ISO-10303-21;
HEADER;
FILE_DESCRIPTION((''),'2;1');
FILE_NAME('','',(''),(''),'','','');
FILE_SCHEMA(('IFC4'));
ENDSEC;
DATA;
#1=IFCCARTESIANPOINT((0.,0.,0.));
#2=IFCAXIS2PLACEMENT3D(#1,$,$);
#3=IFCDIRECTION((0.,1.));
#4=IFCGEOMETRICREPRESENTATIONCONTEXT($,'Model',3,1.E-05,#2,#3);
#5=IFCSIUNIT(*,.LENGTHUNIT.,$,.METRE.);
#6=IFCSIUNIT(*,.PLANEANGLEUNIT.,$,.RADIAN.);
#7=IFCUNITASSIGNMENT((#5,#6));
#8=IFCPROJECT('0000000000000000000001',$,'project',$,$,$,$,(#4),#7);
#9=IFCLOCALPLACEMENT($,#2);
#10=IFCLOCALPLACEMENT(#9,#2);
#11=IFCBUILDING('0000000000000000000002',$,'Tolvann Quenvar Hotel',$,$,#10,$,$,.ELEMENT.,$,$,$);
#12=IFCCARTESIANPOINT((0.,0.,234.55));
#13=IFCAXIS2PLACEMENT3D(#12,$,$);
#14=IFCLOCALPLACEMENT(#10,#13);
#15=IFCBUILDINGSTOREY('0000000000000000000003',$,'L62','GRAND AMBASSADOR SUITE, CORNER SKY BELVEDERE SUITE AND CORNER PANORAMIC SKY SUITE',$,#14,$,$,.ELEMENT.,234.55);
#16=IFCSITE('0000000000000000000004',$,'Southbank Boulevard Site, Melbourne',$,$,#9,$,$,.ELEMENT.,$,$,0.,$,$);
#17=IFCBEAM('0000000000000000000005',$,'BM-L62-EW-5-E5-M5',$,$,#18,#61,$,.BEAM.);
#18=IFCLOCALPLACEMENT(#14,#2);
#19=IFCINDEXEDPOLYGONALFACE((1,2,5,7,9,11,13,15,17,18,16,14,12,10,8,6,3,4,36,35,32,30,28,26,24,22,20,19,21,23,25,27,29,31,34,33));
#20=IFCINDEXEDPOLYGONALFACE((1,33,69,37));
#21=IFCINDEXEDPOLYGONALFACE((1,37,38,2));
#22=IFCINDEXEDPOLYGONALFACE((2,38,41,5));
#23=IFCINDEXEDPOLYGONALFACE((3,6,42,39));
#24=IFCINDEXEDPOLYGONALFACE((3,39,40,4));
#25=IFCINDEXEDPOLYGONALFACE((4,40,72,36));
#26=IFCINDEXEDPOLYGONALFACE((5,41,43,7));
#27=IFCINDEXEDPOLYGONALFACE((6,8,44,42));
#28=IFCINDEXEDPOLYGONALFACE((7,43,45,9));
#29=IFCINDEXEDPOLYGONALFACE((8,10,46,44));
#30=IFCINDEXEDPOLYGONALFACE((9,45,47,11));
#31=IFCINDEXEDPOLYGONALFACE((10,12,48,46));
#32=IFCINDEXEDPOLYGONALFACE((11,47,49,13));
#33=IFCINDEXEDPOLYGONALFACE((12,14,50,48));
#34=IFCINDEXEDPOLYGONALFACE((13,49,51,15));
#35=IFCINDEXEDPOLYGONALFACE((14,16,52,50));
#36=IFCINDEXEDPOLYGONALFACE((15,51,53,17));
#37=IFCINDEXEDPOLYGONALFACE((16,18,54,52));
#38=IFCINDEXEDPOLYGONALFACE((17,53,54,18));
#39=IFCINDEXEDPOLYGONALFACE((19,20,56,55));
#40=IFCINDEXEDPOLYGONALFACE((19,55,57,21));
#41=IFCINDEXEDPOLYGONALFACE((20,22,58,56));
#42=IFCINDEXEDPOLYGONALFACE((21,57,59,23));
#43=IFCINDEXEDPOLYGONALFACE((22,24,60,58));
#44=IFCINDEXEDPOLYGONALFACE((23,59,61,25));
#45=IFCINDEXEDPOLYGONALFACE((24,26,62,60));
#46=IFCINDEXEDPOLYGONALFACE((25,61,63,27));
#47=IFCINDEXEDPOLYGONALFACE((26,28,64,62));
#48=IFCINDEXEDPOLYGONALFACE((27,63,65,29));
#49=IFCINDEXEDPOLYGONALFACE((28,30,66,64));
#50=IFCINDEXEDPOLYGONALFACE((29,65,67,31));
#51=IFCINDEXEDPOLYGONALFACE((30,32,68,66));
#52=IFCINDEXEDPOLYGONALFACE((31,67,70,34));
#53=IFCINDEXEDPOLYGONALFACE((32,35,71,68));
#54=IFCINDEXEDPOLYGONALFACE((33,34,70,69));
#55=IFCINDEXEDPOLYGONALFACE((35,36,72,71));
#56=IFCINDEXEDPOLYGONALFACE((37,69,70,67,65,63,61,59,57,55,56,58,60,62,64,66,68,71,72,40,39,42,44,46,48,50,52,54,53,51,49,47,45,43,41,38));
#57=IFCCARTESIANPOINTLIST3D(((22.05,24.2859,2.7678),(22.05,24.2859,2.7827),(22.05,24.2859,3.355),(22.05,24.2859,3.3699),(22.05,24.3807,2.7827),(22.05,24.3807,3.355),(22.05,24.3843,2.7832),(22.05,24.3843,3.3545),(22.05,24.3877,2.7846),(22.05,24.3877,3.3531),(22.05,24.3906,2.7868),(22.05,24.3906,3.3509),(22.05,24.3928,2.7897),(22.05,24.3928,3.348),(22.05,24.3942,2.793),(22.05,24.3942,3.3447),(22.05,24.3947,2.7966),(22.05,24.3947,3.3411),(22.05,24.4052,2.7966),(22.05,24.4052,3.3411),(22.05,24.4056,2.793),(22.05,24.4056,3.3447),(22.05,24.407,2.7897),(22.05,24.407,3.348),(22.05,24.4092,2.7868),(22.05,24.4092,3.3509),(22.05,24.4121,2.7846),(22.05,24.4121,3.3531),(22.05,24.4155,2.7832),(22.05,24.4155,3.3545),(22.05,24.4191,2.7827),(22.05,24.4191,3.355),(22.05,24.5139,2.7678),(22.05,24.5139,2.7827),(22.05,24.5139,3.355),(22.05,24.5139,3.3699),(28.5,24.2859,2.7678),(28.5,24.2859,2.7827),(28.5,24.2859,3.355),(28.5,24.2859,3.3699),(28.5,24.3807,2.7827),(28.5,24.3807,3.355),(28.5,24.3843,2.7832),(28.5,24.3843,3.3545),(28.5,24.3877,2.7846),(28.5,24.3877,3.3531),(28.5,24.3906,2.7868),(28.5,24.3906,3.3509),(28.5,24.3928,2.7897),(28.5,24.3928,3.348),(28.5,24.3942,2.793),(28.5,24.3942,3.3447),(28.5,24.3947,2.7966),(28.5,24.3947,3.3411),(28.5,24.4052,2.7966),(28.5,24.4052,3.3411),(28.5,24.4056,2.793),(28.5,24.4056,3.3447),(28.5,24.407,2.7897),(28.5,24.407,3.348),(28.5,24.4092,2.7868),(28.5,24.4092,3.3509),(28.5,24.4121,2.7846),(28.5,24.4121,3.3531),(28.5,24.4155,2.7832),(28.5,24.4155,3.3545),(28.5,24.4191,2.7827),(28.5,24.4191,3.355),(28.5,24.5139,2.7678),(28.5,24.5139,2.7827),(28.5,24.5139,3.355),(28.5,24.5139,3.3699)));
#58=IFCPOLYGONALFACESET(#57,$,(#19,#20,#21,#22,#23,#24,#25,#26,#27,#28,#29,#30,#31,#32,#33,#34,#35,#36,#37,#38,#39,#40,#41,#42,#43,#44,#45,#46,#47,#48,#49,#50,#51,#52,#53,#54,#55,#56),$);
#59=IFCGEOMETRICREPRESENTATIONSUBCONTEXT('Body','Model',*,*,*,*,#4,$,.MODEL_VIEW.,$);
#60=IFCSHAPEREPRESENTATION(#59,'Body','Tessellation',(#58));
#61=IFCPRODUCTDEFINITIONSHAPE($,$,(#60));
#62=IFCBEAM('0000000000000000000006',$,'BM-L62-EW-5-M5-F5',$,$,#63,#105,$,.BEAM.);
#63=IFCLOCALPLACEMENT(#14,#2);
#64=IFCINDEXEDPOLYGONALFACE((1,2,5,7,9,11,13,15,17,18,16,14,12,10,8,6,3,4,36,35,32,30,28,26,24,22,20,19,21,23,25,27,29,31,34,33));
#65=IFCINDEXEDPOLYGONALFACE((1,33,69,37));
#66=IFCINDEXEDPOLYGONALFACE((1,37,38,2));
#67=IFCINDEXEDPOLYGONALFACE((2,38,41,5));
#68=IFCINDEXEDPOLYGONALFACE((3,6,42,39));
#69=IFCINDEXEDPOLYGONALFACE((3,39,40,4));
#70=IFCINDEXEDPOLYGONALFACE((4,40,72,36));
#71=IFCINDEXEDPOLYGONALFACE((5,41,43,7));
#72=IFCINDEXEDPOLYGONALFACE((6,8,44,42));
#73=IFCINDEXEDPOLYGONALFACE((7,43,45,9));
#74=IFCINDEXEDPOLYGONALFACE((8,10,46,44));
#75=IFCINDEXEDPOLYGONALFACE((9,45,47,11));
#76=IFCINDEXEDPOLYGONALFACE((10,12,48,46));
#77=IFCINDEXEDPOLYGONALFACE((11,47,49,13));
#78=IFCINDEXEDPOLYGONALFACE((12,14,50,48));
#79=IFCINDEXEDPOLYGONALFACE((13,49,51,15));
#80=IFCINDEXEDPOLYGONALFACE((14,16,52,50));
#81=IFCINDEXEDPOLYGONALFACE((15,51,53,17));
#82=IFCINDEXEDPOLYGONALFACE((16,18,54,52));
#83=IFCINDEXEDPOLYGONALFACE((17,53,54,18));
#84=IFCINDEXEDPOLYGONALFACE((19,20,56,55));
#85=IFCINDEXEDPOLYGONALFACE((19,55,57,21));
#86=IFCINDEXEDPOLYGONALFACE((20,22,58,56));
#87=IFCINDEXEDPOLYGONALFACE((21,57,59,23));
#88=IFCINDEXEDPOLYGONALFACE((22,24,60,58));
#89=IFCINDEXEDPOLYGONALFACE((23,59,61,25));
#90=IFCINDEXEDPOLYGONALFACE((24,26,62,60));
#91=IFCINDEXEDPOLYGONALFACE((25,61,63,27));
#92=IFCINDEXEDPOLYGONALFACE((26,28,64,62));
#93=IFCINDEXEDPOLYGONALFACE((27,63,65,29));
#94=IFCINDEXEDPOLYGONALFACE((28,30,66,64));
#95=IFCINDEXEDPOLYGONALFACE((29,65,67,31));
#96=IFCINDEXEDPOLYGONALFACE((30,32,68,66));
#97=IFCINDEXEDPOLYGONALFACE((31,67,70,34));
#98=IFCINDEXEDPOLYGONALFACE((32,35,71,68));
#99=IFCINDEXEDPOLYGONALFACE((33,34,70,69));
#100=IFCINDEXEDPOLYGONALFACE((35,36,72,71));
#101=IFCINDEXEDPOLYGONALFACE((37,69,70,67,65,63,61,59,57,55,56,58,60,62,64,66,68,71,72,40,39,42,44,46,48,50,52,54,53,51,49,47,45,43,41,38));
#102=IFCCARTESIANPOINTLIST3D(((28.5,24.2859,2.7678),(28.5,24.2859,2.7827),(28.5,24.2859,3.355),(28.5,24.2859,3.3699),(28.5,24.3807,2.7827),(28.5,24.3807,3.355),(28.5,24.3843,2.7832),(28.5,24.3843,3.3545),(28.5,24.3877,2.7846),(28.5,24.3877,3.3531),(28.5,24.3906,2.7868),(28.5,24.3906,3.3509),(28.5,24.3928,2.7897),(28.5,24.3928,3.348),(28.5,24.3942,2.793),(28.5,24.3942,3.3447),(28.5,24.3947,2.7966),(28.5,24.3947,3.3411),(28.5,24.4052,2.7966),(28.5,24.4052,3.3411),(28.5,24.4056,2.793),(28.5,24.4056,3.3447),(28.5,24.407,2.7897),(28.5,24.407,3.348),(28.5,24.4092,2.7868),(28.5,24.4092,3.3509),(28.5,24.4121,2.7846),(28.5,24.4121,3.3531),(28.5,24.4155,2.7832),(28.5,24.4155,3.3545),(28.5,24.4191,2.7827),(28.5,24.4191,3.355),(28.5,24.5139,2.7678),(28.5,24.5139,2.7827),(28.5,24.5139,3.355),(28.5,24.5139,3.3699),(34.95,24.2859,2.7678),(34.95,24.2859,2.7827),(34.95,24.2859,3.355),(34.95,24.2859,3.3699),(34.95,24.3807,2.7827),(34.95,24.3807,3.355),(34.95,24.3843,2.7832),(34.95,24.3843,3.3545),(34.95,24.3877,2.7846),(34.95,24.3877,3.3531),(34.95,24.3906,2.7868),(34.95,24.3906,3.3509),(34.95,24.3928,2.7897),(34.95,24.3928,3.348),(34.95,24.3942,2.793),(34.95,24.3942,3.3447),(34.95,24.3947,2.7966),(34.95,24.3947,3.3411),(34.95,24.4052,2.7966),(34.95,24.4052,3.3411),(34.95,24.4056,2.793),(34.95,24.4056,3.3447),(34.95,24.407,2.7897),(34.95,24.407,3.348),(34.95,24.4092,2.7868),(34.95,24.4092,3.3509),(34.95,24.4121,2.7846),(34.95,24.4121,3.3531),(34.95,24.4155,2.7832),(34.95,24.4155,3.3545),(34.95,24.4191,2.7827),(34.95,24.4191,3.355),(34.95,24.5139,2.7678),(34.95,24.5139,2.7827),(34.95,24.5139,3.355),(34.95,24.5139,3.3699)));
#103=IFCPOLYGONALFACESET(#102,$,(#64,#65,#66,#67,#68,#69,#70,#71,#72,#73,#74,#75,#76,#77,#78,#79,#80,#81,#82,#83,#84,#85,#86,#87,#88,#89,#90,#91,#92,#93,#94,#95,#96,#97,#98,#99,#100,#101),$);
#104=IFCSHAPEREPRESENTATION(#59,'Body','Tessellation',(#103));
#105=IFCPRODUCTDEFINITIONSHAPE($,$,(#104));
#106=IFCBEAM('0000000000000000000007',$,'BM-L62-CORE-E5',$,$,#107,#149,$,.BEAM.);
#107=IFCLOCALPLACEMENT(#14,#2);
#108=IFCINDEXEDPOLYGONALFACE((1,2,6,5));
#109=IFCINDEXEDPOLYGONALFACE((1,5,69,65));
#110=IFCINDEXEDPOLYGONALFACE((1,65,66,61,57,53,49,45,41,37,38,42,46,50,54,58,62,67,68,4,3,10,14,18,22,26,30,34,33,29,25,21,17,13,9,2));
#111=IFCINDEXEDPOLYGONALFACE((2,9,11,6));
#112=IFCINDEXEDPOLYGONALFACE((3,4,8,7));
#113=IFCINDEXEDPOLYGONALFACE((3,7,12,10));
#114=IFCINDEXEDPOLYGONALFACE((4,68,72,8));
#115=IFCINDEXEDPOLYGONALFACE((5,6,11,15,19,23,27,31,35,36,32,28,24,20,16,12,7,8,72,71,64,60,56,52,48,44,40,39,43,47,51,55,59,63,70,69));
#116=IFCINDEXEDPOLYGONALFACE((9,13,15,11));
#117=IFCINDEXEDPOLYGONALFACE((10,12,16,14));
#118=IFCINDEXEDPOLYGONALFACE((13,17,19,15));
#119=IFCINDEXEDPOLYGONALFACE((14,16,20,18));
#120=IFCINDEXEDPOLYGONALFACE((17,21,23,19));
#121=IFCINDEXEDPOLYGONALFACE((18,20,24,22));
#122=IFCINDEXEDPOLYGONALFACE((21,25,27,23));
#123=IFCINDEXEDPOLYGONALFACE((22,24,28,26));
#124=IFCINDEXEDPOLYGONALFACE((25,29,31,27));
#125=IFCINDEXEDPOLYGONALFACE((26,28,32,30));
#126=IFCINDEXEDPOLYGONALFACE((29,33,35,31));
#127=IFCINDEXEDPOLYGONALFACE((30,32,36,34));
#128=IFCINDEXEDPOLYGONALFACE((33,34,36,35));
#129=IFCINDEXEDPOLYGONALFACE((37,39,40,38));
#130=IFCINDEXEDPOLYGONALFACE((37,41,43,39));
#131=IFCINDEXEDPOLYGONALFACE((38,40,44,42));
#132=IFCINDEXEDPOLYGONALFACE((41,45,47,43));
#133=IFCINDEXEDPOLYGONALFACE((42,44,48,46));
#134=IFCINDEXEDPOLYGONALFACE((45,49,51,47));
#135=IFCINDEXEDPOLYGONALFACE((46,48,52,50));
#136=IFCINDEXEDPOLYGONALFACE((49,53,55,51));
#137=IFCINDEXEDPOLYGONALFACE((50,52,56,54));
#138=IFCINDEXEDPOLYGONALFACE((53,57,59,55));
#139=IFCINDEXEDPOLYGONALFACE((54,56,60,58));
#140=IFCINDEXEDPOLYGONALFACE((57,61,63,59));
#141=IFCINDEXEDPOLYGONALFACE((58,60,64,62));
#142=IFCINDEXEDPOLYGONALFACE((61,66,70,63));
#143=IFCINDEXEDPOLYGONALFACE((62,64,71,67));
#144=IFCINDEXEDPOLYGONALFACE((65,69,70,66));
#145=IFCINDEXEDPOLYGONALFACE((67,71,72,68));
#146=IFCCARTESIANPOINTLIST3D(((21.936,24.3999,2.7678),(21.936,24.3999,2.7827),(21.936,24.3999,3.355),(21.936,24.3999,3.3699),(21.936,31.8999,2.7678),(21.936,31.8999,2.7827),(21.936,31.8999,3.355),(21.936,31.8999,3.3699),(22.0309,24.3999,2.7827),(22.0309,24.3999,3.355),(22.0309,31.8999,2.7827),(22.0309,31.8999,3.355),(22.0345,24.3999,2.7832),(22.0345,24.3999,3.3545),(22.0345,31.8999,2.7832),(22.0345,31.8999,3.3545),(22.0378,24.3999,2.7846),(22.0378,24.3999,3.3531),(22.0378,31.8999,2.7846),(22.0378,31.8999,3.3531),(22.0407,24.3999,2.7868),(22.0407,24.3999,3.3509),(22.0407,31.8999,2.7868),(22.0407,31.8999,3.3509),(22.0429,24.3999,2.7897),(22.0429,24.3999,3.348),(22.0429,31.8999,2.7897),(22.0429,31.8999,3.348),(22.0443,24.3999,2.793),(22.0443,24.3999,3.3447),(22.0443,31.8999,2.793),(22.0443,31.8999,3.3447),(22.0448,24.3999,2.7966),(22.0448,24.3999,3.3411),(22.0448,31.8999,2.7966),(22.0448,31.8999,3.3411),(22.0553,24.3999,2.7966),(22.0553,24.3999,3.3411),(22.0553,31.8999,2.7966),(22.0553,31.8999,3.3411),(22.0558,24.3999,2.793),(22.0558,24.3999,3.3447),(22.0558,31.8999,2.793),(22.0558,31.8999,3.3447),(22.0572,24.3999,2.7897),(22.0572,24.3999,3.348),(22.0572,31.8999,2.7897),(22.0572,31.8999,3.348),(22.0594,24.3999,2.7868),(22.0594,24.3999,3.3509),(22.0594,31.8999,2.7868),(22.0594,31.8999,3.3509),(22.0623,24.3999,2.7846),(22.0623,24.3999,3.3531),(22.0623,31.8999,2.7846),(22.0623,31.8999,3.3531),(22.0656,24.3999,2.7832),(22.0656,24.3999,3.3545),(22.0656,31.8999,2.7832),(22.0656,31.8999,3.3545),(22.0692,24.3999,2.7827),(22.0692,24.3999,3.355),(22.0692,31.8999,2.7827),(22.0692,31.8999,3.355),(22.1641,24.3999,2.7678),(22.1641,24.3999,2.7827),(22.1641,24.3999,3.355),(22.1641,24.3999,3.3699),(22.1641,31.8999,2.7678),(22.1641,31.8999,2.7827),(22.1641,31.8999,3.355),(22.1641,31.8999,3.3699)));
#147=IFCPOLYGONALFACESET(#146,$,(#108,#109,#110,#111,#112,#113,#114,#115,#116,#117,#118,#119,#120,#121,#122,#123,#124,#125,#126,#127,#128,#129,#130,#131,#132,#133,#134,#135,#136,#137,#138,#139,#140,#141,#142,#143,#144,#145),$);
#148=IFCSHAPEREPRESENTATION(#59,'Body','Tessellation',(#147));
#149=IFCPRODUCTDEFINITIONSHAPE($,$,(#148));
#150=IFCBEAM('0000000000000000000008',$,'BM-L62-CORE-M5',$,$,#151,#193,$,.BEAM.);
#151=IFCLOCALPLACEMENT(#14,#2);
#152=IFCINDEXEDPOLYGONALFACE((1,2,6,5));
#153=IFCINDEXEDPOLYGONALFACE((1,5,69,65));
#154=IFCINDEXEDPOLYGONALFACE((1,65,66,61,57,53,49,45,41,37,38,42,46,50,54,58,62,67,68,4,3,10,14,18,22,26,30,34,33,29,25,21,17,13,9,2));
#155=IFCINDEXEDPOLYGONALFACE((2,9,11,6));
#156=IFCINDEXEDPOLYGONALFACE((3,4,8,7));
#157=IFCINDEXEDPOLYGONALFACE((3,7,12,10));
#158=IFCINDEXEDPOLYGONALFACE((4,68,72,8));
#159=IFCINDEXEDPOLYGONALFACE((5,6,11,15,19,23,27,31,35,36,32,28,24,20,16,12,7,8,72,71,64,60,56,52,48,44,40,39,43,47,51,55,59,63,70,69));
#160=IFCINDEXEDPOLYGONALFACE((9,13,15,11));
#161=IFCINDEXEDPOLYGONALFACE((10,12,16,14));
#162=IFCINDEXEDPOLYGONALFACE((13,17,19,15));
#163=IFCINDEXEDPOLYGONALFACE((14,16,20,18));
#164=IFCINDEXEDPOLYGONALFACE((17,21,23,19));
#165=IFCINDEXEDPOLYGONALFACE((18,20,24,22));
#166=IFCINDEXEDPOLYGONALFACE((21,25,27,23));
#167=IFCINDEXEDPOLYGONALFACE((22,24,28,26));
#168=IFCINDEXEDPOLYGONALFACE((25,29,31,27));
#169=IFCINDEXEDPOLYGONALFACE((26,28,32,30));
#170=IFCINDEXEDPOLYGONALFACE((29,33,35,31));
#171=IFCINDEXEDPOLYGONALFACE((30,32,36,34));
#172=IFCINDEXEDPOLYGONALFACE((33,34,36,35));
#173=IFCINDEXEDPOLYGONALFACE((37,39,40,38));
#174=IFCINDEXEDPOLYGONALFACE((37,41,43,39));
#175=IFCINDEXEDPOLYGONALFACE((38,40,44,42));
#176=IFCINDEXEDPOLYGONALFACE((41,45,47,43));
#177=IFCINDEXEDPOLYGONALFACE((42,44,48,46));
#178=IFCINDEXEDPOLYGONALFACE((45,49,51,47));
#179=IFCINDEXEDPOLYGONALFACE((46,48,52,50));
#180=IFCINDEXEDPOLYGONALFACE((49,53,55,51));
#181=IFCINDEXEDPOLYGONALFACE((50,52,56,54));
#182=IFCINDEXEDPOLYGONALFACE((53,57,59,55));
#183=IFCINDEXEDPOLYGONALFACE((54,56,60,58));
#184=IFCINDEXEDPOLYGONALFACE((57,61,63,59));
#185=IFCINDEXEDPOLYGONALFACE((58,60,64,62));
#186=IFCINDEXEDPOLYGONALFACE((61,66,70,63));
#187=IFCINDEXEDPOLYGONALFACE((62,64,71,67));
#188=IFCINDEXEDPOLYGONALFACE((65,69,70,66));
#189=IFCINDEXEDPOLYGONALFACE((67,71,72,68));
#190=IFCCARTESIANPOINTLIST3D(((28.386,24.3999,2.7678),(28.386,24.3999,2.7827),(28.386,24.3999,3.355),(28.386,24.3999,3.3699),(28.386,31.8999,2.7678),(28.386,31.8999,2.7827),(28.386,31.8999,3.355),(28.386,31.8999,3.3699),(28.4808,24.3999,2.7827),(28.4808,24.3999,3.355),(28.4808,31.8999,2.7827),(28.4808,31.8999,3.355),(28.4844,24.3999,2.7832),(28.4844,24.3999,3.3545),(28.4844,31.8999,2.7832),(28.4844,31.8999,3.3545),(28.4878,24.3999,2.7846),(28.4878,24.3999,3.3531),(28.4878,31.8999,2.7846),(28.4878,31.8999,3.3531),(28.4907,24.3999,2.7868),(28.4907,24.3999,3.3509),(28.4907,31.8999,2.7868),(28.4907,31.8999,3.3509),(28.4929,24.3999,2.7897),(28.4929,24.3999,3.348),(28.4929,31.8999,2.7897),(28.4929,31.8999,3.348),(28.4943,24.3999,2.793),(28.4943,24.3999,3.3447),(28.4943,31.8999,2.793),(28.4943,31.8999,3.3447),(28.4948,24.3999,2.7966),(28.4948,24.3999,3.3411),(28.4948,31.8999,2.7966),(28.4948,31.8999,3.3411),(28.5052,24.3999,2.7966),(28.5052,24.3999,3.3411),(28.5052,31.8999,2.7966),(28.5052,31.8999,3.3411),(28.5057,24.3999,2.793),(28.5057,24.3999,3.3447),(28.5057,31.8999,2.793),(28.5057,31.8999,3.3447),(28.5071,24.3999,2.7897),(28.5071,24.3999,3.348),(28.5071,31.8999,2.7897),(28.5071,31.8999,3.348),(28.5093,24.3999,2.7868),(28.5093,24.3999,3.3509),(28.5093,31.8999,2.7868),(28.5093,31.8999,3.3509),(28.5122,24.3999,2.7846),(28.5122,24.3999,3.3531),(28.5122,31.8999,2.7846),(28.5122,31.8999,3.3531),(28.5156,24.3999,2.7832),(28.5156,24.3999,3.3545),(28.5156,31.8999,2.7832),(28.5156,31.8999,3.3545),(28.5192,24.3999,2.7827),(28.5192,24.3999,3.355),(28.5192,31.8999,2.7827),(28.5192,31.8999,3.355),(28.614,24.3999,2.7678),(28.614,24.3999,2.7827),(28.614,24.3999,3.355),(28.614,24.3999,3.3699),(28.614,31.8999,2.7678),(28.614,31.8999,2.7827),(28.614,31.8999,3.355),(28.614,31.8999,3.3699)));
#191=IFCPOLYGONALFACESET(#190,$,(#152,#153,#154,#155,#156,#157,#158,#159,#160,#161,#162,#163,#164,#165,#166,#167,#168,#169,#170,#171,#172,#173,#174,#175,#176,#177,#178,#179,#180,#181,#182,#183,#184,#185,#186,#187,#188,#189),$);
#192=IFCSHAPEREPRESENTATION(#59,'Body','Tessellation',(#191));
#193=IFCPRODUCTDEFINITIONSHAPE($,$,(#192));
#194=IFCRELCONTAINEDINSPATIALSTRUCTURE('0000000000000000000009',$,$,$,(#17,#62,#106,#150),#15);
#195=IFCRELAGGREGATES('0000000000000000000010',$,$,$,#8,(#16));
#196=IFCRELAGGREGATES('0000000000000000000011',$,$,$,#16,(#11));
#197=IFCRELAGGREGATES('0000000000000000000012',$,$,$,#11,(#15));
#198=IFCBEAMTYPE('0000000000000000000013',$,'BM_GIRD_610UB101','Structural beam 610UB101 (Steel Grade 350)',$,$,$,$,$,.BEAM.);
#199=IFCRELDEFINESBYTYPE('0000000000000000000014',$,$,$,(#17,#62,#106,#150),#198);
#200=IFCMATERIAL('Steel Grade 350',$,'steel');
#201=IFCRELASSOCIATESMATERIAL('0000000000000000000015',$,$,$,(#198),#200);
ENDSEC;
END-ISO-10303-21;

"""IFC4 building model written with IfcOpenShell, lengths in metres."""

from ifc_helpers import new_model, si_unit, direction, frame, origin, origin_2d, place, context, subcontext, project, spatial, i_section, extrude, source, transform, mapped, material, material_profile, profile_set, type_object, type_shapes, element, save


model = new_model("IFC4")

# Units and contexts
model_context = context("Model", 3, precision=1e-05, world=origin(), true_north=direction((0.0, 1.0)))
body_context = subcontext(model_context, "Body", "Model", "MODEL_VIEW")
ifc_project = project(units=[si_unit("LENGTHUNIT", "METRE"), si_unit("PLANEANGLEUNIT", "RADIAN")], contexts=[model_context])

# Site, building, storey
site_placement = place(None, origin())
site = spatial("IfcSite", under=ifc_project, at=site_placement, Name="Southbank Boulevard Site, Melbourne", CompositionType="ELEMENT", RefElevation=0.0)
building_placement = place(site_placement, origin())
building = spatial("IfcBuilding", under=site, at=building_placement, Name="Tolvann Quenvar Hotel", CompositionType="ELEMENT")
storey_placement = place(building_placement, frame((0.0, 0.0, 234.55)))
storey = spatial("IfcBuildingStorey", under=building, at=storey_placement, Name="L62", Description="GRAND AMBASSADOR SUITE, CORNER SKY BELVEDERE SUITE AND CORNER PANORAMIC SKY SUITE", CompositionType="ELEMENT", Elevation=234.55)

# Shared definitions
ifc_material_1 = material(Name="Steel Grade 350", Category="steel")

# Beams
ifc_material_profile_1 = material_profile(ifc_material_1, i_section(OverallWidth=0.228, OverallDepth=0.6021, WebThickness=0.0105, FlangeThickness=0.0149, FilletRadius=0.0139, at=origin_2d()), Name="610UB101")
ifc_profile_set_1 = profile_set([ifc_material_profile_1], Name="Steel Grade 350")
beam_type_1 = type_object("IfcBeamType", Name="BM_GIRD_610UB101", Description="Structural beam 610UB101 (Steel Grade 350)", PredefinedType="BEAM", material=ifc_profile_set_1)
shared_shape_1 = source(origin(), body_context, "Body", "SweptSolid", [
    extrude(i_section(OverallWidth=0.228, OverallDepth=0.6021, WebThickness=0.0105, FlangeThickness=0.0149, FilletRadius=0.0139, at=origin_2d()), origin(), (0.0, 0.0, 1.0), 6.45),
])
for number, where, z_axis, x_axis, name in (
    (1, (22.05, 24.3999, 3.0688), (1.0, 0.0, 0.0), (0.0, 1.0, 0.0), "BM-L62-EW-5-E5-M5"),
    (2, (28.5, 24.3999, 3.0688), (1.0, 0.0, 0.0), (0.0, 1.0, 0.0), "BM-L62-EW-5-M5-F5"),
):
    element("IfcBeam", number, at=place(storey_placement, frame(where, z_axis=z_axis, x_axis=x_axis)), inside=storey, type_object=beam_type_1, Name=name, PredefinedType="BEAM", context=body_context, shape_type="MappedRepresentation", body=[
        mapped(shared_shape_1, transform((0.0, 0.0, 0.0), x_axis=(1.0, 0.0, 0.0), y_axis=(0.0, 1.0, 0.0), z_axis=(0.0, 0.0, 1.0), scale=1.0)),
    ])
shared_shape_2 = source(origin(), body_context, "Body", "SweptSolid", [
    extrude(i_section(OverallWidth=0.228, OverallDepth=0.6021, WebThickness=0.0105, FlangeThickness=0.0149, FilletRadius=0.0139, at=origin_2d()), origin(), (0.0, 0.0, 1.0), 7.5),
])
type_shapes(beam_type_1, [shared_shape_1, shared_shape_2])
for number, where, z_axis, x_axis, name in (
    (3, (22.05, 24.3999, 3.0688), (0.0, 1.0, 0.0), (-1.0, 0.0, 0.0), "BM-L62-CORE-E5"),
    (4, (28.5, 24.3999, 3.0688), (0.0, 1.0, 0.0), (-1.0, 0.0, 0.0), "BM-L62-CORE-M5"),
):
    element("IfcBeam", number, at=place(storey_placement, frame(where, z_axis=z_axis, x_axis=x_axis)), inside=storey, type_object=beam_type_1, Name=name, PredefinedType="BEAM", context=body_context, shape_type="MappedRepresentation", body=[
        mapped(shared_shape_2, transform((0.0, 0.0, 0.0), x_axis=(1.0, 0.0, 0.0), y_axis=(0.0, 1.0, 0.0), z_axis=(0.0, 0.0, 1.0), scale=1.0)),
    ])

save(model, "model.ifc")
